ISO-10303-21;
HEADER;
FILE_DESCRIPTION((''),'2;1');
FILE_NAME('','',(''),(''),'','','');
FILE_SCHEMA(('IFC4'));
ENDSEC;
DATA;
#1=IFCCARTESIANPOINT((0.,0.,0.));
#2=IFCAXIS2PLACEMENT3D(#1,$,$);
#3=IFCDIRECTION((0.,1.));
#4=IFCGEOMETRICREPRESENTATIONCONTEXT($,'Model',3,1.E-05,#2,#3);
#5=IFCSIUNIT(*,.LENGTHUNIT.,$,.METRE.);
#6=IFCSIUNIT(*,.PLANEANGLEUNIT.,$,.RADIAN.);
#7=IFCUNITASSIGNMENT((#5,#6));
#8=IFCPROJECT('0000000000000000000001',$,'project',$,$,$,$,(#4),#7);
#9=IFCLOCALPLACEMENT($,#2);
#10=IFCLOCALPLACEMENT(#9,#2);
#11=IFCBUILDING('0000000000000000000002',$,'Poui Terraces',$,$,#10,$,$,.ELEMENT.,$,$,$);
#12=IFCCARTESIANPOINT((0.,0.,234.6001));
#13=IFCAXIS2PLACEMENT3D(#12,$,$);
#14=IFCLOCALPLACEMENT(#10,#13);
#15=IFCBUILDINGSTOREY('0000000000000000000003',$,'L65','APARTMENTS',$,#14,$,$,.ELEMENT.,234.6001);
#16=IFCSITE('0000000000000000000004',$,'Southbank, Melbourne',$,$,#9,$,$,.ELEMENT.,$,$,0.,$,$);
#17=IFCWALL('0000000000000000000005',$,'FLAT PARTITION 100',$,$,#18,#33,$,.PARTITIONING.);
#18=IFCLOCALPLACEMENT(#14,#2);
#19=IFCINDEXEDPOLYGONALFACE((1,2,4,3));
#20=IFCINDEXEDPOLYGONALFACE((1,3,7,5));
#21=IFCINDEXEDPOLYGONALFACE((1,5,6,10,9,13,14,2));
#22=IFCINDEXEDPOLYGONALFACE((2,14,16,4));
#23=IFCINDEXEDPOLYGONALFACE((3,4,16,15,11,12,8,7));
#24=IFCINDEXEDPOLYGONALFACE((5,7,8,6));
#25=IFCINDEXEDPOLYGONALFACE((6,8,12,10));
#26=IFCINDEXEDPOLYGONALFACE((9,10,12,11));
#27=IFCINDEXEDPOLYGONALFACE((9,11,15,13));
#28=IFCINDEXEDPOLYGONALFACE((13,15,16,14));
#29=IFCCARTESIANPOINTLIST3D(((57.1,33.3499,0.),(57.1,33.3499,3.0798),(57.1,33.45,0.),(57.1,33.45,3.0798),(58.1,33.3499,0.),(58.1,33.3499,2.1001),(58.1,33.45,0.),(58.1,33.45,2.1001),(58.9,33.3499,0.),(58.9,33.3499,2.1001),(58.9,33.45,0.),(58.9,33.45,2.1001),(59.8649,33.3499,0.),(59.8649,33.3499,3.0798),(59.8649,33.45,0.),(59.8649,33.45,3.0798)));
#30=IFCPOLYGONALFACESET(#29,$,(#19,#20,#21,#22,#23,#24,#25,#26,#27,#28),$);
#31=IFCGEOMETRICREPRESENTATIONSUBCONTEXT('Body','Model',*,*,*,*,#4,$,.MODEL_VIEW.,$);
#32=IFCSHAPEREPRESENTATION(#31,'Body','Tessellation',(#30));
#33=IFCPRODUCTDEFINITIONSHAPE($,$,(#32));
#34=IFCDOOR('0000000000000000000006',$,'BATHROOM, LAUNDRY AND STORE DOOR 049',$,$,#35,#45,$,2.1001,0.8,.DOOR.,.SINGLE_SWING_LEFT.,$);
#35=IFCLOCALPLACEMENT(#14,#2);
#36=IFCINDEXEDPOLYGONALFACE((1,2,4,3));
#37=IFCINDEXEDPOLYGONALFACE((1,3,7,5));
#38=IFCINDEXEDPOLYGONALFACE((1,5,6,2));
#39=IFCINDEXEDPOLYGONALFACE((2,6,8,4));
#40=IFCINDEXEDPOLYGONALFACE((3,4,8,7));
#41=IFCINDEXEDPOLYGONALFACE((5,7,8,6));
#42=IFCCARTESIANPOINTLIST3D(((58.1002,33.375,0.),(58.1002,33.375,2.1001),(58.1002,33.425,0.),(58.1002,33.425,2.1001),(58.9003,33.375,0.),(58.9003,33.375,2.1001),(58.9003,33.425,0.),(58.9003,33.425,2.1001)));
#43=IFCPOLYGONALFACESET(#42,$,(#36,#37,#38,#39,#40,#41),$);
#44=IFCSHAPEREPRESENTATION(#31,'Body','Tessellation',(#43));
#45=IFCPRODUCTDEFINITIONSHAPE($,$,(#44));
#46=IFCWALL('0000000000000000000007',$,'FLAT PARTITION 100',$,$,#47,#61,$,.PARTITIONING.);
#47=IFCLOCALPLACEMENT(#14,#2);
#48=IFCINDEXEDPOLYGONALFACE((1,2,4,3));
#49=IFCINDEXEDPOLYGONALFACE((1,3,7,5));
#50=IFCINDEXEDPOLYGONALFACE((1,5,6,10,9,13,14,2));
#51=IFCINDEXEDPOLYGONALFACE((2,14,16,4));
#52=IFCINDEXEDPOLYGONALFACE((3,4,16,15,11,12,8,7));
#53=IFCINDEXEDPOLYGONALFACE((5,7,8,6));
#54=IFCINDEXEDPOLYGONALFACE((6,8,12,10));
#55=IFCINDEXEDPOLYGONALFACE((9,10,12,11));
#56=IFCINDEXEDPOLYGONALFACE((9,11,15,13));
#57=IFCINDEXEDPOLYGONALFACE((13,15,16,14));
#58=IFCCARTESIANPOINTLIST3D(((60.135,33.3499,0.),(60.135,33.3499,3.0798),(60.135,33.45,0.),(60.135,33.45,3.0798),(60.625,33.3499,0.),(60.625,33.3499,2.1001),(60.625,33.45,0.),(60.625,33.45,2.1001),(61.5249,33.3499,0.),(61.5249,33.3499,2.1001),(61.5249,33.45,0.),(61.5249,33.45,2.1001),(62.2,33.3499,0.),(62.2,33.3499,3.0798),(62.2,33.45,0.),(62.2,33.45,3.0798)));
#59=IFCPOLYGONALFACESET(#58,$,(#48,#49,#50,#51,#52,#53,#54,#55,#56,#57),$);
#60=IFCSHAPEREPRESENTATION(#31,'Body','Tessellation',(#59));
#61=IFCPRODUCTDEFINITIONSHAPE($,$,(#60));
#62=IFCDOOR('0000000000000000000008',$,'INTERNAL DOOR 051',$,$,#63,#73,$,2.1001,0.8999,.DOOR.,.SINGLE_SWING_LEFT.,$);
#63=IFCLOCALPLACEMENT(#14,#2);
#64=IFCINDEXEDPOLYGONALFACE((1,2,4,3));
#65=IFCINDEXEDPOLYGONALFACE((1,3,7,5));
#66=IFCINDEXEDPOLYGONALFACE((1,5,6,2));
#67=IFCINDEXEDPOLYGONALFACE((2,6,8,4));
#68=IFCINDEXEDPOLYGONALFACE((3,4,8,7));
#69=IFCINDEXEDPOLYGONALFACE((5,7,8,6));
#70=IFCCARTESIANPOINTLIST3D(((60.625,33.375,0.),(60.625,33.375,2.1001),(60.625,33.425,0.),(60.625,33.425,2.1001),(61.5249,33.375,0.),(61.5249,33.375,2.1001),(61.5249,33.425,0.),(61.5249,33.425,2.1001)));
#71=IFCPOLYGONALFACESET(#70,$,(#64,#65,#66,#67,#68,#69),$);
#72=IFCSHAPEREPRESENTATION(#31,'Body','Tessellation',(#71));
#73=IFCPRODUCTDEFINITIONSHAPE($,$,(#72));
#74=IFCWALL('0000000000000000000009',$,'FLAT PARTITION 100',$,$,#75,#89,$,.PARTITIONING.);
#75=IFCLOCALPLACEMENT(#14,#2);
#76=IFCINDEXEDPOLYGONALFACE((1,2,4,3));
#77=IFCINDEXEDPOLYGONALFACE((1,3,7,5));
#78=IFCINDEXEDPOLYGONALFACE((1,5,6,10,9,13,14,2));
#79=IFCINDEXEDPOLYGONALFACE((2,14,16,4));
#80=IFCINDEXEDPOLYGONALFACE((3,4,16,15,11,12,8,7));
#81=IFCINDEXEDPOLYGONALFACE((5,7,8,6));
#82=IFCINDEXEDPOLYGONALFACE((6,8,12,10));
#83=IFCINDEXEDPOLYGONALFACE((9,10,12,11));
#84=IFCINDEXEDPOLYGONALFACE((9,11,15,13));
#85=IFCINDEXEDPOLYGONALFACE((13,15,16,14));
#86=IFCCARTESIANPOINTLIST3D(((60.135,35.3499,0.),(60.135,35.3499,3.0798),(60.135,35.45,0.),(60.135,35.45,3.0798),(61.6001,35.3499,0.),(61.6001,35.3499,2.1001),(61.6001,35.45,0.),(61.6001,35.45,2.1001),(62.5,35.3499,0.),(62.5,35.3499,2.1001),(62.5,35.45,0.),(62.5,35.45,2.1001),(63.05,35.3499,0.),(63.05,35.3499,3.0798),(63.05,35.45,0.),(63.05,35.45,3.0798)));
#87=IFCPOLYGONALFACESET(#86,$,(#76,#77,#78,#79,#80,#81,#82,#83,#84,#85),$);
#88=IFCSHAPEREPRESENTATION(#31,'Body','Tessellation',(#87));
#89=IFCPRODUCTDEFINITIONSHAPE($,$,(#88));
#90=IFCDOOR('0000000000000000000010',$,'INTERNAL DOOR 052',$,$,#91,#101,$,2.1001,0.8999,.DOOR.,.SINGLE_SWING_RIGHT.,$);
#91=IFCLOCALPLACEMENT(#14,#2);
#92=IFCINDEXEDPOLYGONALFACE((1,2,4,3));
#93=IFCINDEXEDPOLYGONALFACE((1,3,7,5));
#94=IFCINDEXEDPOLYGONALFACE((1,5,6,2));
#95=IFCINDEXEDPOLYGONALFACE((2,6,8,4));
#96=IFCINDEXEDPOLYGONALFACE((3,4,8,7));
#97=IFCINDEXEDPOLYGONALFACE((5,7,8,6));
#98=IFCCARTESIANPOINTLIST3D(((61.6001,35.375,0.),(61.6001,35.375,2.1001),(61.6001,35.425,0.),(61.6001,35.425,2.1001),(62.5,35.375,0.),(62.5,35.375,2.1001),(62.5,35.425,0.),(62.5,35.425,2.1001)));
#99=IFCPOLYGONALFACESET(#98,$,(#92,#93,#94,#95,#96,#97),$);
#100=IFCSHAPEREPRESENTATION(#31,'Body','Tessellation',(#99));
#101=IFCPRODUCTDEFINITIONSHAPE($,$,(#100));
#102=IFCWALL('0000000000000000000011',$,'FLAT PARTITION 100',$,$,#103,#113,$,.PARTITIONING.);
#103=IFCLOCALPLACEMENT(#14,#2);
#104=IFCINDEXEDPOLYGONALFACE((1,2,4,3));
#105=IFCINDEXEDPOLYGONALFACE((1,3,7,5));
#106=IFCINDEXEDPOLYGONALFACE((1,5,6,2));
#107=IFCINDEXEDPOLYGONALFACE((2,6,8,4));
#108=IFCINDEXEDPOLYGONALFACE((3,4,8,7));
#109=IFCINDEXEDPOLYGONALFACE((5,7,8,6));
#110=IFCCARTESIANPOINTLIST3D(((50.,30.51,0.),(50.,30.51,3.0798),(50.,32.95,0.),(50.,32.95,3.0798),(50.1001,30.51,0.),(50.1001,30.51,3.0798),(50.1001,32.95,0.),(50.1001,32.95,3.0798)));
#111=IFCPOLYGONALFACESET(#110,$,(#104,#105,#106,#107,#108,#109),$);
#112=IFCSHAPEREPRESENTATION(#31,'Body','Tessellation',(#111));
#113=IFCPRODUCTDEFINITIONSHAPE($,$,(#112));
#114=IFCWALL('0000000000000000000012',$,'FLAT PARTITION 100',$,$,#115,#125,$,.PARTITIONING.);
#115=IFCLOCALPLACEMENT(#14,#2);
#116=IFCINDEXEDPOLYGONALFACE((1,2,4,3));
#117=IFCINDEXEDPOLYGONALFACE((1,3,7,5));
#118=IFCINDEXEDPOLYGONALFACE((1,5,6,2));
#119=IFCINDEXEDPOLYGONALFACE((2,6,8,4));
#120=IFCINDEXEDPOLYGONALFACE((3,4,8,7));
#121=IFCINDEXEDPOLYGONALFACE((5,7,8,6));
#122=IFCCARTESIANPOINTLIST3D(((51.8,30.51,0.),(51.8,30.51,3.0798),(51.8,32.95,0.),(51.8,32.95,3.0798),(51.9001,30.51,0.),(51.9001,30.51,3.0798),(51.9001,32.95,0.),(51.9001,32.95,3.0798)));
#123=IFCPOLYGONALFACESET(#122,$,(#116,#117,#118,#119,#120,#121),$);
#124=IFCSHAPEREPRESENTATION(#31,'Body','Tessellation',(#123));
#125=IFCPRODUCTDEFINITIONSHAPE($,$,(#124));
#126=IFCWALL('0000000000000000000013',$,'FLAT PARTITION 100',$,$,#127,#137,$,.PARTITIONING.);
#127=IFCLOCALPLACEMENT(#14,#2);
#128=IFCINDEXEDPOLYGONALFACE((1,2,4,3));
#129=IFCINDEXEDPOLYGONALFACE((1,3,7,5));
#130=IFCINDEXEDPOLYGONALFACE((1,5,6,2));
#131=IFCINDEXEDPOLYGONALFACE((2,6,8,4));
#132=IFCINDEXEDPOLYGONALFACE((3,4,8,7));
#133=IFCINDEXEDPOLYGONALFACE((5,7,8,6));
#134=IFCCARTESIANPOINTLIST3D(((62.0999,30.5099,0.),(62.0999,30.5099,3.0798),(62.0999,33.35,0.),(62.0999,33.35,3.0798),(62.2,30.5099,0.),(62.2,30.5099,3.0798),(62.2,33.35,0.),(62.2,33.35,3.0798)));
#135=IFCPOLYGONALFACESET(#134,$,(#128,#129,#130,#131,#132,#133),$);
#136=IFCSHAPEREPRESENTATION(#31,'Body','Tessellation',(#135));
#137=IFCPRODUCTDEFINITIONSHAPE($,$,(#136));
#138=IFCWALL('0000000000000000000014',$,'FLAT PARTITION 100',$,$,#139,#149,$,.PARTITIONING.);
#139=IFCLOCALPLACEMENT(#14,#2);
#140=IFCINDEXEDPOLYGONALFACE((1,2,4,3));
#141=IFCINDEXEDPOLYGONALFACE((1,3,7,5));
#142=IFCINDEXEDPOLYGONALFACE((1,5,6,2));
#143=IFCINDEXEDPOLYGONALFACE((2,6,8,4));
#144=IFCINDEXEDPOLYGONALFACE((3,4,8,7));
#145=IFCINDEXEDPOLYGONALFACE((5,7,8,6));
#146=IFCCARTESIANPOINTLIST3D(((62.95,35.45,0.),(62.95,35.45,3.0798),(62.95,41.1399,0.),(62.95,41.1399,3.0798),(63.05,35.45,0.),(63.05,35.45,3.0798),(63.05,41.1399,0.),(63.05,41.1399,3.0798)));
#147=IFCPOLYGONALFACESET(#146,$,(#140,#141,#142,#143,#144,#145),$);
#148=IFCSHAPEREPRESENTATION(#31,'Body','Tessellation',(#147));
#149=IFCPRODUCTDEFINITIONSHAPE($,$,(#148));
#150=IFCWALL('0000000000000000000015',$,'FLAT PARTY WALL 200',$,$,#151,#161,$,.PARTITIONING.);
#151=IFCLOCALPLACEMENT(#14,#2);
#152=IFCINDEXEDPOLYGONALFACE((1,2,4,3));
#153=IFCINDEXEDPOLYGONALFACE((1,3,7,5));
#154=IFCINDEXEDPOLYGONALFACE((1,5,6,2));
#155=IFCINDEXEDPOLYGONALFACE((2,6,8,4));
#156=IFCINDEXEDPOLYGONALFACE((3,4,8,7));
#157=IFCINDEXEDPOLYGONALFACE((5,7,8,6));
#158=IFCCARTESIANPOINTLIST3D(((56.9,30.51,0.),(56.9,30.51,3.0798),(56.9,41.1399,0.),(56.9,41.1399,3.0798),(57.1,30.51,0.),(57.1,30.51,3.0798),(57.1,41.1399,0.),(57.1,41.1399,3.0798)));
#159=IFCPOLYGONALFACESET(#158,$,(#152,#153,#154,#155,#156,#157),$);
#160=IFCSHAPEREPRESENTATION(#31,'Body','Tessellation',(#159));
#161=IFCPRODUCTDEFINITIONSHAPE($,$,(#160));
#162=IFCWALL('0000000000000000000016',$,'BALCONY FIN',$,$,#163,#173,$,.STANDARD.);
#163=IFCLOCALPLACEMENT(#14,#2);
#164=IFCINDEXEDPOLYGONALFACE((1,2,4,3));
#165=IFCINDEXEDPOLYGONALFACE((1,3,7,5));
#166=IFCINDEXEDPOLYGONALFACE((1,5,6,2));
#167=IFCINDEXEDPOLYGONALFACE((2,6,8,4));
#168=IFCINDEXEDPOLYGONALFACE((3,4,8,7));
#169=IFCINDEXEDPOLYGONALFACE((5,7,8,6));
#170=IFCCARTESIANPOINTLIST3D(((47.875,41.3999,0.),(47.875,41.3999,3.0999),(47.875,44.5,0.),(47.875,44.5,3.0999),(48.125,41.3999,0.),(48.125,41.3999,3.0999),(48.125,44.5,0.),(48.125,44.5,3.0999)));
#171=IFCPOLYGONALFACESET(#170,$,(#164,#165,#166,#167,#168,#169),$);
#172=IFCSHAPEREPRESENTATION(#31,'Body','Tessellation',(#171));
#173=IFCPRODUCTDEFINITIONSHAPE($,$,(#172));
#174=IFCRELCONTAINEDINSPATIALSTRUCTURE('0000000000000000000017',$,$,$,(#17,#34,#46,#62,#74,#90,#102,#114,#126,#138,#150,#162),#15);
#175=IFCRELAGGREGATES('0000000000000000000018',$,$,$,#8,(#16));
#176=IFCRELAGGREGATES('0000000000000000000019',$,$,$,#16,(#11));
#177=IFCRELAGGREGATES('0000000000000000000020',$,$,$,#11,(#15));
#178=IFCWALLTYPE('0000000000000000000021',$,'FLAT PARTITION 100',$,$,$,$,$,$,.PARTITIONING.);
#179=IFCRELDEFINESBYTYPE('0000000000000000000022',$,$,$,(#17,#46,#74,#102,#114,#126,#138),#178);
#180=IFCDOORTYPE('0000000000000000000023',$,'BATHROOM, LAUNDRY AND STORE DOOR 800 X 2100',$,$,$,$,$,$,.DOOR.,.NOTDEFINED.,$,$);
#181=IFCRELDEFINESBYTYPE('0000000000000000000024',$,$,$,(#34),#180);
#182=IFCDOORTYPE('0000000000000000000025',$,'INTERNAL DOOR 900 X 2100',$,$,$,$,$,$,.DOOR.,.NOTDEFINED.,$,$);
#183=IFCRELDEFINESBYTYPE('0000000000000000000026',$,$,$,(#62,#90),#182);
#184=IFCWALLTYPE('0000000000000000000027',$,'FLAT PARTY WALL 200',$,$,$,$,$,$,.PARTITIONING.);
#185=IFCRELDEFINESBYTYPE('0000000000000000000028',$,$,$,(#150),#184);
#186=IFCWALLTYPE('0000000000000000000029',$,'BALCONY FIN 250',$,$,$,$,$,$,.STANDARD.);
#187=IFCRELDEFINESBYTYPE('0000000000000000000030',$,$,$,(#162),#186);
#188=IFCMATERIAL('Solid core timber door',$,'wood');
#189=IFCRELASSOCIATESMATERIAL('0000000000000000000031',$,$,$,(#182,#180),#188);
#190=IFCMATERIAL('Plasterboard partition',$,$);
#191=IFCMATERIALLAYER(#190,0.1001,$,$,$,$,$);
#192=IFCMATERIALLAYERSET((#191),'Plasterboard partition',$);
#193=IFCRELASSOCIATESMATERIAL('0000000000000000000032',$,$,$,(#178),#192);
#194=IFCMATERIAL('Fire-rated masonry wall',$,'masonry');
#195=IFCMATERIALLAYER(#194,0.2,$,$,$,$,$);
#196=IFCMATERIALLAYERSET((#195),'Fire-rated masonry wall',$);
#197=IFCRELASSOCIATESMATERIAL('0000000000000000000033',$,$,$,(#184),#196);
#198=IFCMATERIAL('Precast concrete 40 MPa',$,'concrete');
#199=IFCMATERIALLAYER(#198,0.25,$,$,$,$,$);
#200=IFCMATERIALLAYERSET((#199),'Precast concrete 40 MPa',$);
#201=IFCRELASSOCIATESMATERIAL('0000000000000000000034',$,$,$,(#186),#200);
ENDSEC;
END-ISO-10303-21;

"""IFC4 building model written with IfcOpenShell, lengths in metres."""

from ifc_helpers import new_model, si_unit, direction, frame, frame_2d, origin, place, context, subcontext, project, spatial, polyline, rectangle, outline, extrude, source, transform, mapped, material, layer, layer_set, type_object, element, fill, save


model = new_model("IFC4")

# Units and contexts
model_context = context("Model", 3, precision=1e-05, world=origin(), true_north=direction((0.0, 1.0)))
body_context = subcontext(model_context, "Body", "Model", "MODEL_VIEW")
ifc_project = project(units=[si_unit("LENGTHUNIT", "METRE"), si_unit("PLANEANGLEUNIT", "RADIAN")], contexts=[model_context])

# Site, building, storey
site_placement = place(None, origin())
site = spatial("IfcSite", under=ifc_project, at=site_placement, Name="Southbank, Melbourne", CompositionType="ELEMENT", RefElevation=0.0)
building_placement = place(site_placement, origin())
building = spatial("IfcBuilding", under=site, at=building_placement, Name="Poui Terraces", CompositionType="ELEMENT")
storey_placement = place(building_placement, frame((0.0, 0.0, 234.6001)))
storey = spatial("IfcBuildingStorey", under=building, at=storey_placement, Name="L65", Description="APARTMENTS", CompositionType="ELEMENT", Elevation=234.6001)

# Walls, openings, doors
ifc_material_1 = material(Name="Solid core timber door", Category="wood")
door_type_1 = type_object("IfcDoorType", Name="INTERNAL DOOR 900 X 2100", OperationType="NOTDEFINED", PredefinedType="DOOR", material=ifc_material_1)
ifc_material_2 = material(Name="Plasterboard partition")
ifc_layer_1 = layer(ifc_material_2, 0.1001)
ifc_layer_set_1 = layer_set([ifc_layer_1], Name="Plasterboard partition")
wall_type_1 = type_object("IfcWallType", Name="FLAT PARTITION 100", PredefinedType="PARTITIONING", material=ifc_layer_set_1)
door_type_2 = type_object("IfcDoorType", Name="BATHROOM, LAUNDRY AND STORE DOOR 800 X 2100", OperationType="NOTDEFINED", PredefinedType="DOOR", material=ifc_material_1)
wall_1_placement = place(storey_placement, frame((57.1001, 33.3999, 0.0), z_axis=(0.0, 0.0, 1.0), x_axis=(1.0, 0.0, 0.0)))
wall_1 = element("IfcWall", 1, at=wall_1_placement, inside=storey, type_object=wall_type_1, Name="FLAT PARTITION 100", PredefinedType="PARTITIONING", context=body_context, shape_type="SweptSolid", body=[
    extrude(rectangle(XDim=2.7649, YDim=0.1001, at=frame_2d((1.3823, 0.0))), origin(), (0.0, 0.0, 1.0), 3.0798),
])
opening_1_placement = place(wall_1_placement, frame((1.0, 0.0, 0.0)))
opening_1 = element("IfcOpeningElement", 2, at=opening_1_placement, cuts=wall_1, PredefinedType="OPENING", context=body_context, shape_type="SweptSolid", body=[
    extrude(rectangle(XDim=0.8, YDim=2.1001, at=frame_2d((0.3999, 1.05))), frame((0.0, 0.0601, 0.0), z_axis=(0.0, -1.0, 0.0), x_axis=(1.0, 0.0, 0.0)), (0.0, 0.0, 1.0), 0.1201),
])
door_1_placement = place(opening_1_placement, frame((0.8, 0.0, 0.0), z_axis=(0.0, 0.0, 1.0), x_axis=(-1.0, 0.0, 0.0)))
door_1 = element("IfcDoor", 3, at=door_1_placement, inside=storey, type_object=door_type_2, Name="BATHROOM, LAUNDRY AND STORE DOOR 049", OperationType="SINGLE_SWING_LEFT", OverallHeight=2.1001, OverallWidth=0.8, PredefinedType="DOOR", context=body_context, shape_type="SweptSolid", body=[
    extrude(rectangle(XDim=0.8, YDim=2.1001, at=frame_2d((0.3999, 1.05))), frame((0.0, 0.0249, 0.0), z_axis=(0.0, -1.0, 0.0), x_axis=(1.0, 0.0, 0.0)), (0.0, 0.0, 1.0), 0.05),
])
fill(opening_1, door_1)
wall_2_placement = place(storey_placement, frame((60.135, 33.3999, 0.0), z_axis=(0.0, 0.0, 1.0), x_axis=(1.0, 0.0, 0.0)))
wall_2 = element("IfcWall", 4, at=wall_2_placement, inside=storey, type_object=wall_type_1, Name="FLAT PARTITION 100", PredefinedType="PARTITIONING", context=body_context, shape_type="SweptSolid", body=[
    extrude(rectangle(XDim=2.0649, YDim=0.1001, at=frame_2d((1.0325, 0.0))), origin(), (0.0, 0.0, 1.0), 3.0798),
])
opening_2_placement = place(wall_2_placement, frame((0.49, 0.0, 0.0)))
opening_2 = element("IfcOpeningElement", 5, at=opening_2_placement, cuts=wall_2, PredefinedType="OPENING", context=body_context, shape_type="SweptSolid", body=[
    extrude(rectangle(XDim=0.8999, YDim=2.1001, at=frame_2d((0.45, 1.05))), frame((0.0, 0.0601, 0.0), z_axis=(0.0, -1.0, 0.0), x_axis=(1.0, 0.0, 0.0)), (0.0, 0.0, 1.0), 0.1201),
])
door_2_placement = place(opening_2_placement, frame((0.8999, 0.0, 0.0), z_axis=(0.0, 0.0, 1.0), x_axis=(-1.0, 0.0, 0.0)))
door_2 = element("IfcDoor", 6, at=door_2_placement, inside=storey, type_object=door_type_1, Name="INTERNAL DOOR 051", OperationType="SINGLE_SWING_LEFT", OverallHeight=2.1001, OverallWidth=0.8999, PredefinedType="DOOR", context=body_context, shape_type="SweptSolid", body=[
    extrude(rectangle(XDim=0.8999, YDim=2.1001, at=frame_2d((0.45, 1.05))), frame((0.0, 0.0249, 0.0), z_axis=(0.0, -1.0, 0.0), x_axis=(1.0, 0.0, 0.0)), (0.0, 0.0, 1.0), 0.05),
])
fill(opening_2, door_2)
wall_3_placement = place(storey_placement, frame((60.135, 35.3999, 0.0), z_axis=(0.0, 0.0, 1.0), x_axis=(1.0, 0.0, 0.0)))
wall_3 = element("IfcWall", 7, at=wall_3_placement, inside=storey, type_object=wall_type_1, Name="FLAT PARTITION 100", PredefinedType="PARTITIONING", context=body_context, shape_type="SweptSolid", body=[
    extrude(rectangle(XDim=2.915, YDim=0.1001, at=frame_2d((1.4575, 0.0))), origin(), (0.0, 0.0, 1.0), 3.0798),
])
opening_3_placement = place(wall_3_placement, frame((1.4651, 0.0, 0.0)))
opening_3 = element("IfcOpeningElement", 8, at=opening_3_placement, cuts=wall_3, PredefinedType="OPENING", context=body_context, shape_type="SweptSolid", body=[
    extrude(rectangle(XDim=0.8999, YDim=2.1001, at=frame_2d((0.45, 1.05))), frame((0.0, 0.0601, 0.0), z_axis=(0.0, -1.0, 0.0), x_axis=(1.0, 0.0, 0.0)), (0.0, 0.0, 1.0), 0.1201),
])
door_3_placement = place(opening_3_placement, frame((0.8999, 0.0, 0.0), z_axis=(0.0, 0.0, 1.0), x_axis=(-1.0, 0.0, 0.0)))
door_3 = element("IfcDoor", 9, at=door_3_placement, inside=storey, type_object=door_type_1, Name="INTERNAL DOOR 052", OperationType="SINGLE_SWING_RIGHT", OverallHeight=2.1001, OverallWidth=0.8999, PredefinedType="DOOR", context=body_context, shape_type="SweptSolid", body=[
    extrude(rectangle(XDim=0.8999, YDim=2.1001, at=frame_2d((0.45, 1.05))), frame((0.0, 0.0249, 0.0), z_axis=(0.0, -1.0, 0.0), x_axis=(1.0, 0.0, 0.0)), (0.0, 0.0, 1.0), 0.05),
])
fill(opening_3, door_3)

# Walls
for number, where, z_axis, x_axis, name in (
    (10, (50.05, 30.51, 0.0), (0.0, 0.0, 1.0), (0.0, 1.0, 0.0), "FLAT PARTITION 100"),
    (11, (51.8501, 30.51, 0.0), (0.0, 0.0, 1.0), (0.0, 1.0, 0.0), "FLAT PARTITION 100"),
):
    element("IfcWall", number, at=place(storey_placement, frame(where, z_axis=z_axis, x_axis=x_axis)), inside=storey, type_object=wall_type_1, Name=name, PredefinedType="PARTITIONING", context=body_context, shape_type="SweptSolid", body=[
        extrude(rectangle(XDim=2.4399, YDim=0.1001, at=frame_2d((1.22, 0.0))), origin(), (0.0, 0.0, 1.0), 3.0798),
    ])
wall_4_placement = place(storey_placement, frame((62.1499, 30.51, 0.0), z_axis=(0.0, 0.0, 1.0), x_axis=(0.0, 1.0, 0.0)))
element("IfcWall", 12, at=wall_4_placement, inside=storey, type_object=wall_type_1, Name="FLAT PARTITION 100", PredefinedType="PARTITIONING", context=body_context, shape_type="SweptSolid", body=[
    extrude(rectangle(XDim=2.8401, YDim=0.1001, at=frame_2d((1.4199, 0.0))), origin(), (0.0, 0.0, 1.0), 3.0798),
])
wall_5_placement = place(storey_placement, frame((63.0, 35.45, 0.0), z_axis=(0.0, 0.0, 1.0), x_axis=(0.0, 1.0, 0.0)))
element("IfcWall", 13, at=wall_5_placement, inside=storey, type_object=wall_type_1, Name="FLAT PARTITION 100", PredefinedType="PARTITIONING", context=body_context, shape_type="SweptSolid", body=[
    extrude(rectangle(XDim=5.6899, YDim=0.1001, at=frame_2d((2.845, 0.0))), origin(), (0.0, 0.0, 1.0), 3.0798),
])
ifc_material_3 = material(Name="Fire-rated masonry wall", Category="masonry")
ifc_layer_2 = layer(ifc_material_3, 0.2)
ifc_layer_set_2 = layer_set([ifc_layer_2], Name="Fire-rated masonry wall")
wall_type_2 = type_object("IfcWallType", Name="FLAT PARTY WALL 200", PredefinedType="PARTITIONING", material=ifc_layer_set_2)
wall_6_placement = place(storey_placement, frame((57.0, 30.51, 0.0), z_axis=(0.0, 0.0, 1.0), x_axis=(0.0, 1.0, 0.0)))
element("IfcWall", 14, at=wall_6_placement, inside=storey, type_object=wall_type_2, Name="FLAT PARTY WALL 200", PredefinedType="PARTITIONING", context=body_context, shape_type="SweptSolid", body=[
    extrude(rectangle(XDim=10.6299, YDim=0.2, at=frame_2d((5.3149, 0.0))), origin(), (0.0, 0.0, 1.0), 3.0798),
])
ifc_material_4 = material(Name="Precast concrete 40 MPa", Category="concrete")
ifc_layer_3 = layer(ifc_material_4, 0.25)
ifc_layer_set_3 = layer_set([ifc_layer_3], Name="Precast concrete 40 MPa")
wall_type_3 = type_object("IfcWallType", Name="BALCONY FIN 250", PredefinedType="STANDARD", material=ifc_layer_set_3)
shared_shape_1 = source(origin(), body_context, "Body", "SweptSolid", [
    extrude(outline(polyline([(0.0, 0.0), (0.25, 0.0), (0.25, 3.1001), (0.0, 3.1001), (0.0, 0.0)])), origin(), (0.0, 0.0, 1.0), 3.0999),
])
for number, where, name in (
    (15, (47.875, 41.3999, 0.0), "BALCONY FIN"),
):
    element("IfcWall", number, at=place(storey_placement, frame(where)), inside=storey, type_object=wall_type_3, Name=name, PredefinedType="STANDARD", context=body_context, shape_type="MappedRepresentation", body=[
        mapped(shared_shape_1, transform((0.0, 0.0, 0.0))),
    ])

save(model, "model.ifc")
